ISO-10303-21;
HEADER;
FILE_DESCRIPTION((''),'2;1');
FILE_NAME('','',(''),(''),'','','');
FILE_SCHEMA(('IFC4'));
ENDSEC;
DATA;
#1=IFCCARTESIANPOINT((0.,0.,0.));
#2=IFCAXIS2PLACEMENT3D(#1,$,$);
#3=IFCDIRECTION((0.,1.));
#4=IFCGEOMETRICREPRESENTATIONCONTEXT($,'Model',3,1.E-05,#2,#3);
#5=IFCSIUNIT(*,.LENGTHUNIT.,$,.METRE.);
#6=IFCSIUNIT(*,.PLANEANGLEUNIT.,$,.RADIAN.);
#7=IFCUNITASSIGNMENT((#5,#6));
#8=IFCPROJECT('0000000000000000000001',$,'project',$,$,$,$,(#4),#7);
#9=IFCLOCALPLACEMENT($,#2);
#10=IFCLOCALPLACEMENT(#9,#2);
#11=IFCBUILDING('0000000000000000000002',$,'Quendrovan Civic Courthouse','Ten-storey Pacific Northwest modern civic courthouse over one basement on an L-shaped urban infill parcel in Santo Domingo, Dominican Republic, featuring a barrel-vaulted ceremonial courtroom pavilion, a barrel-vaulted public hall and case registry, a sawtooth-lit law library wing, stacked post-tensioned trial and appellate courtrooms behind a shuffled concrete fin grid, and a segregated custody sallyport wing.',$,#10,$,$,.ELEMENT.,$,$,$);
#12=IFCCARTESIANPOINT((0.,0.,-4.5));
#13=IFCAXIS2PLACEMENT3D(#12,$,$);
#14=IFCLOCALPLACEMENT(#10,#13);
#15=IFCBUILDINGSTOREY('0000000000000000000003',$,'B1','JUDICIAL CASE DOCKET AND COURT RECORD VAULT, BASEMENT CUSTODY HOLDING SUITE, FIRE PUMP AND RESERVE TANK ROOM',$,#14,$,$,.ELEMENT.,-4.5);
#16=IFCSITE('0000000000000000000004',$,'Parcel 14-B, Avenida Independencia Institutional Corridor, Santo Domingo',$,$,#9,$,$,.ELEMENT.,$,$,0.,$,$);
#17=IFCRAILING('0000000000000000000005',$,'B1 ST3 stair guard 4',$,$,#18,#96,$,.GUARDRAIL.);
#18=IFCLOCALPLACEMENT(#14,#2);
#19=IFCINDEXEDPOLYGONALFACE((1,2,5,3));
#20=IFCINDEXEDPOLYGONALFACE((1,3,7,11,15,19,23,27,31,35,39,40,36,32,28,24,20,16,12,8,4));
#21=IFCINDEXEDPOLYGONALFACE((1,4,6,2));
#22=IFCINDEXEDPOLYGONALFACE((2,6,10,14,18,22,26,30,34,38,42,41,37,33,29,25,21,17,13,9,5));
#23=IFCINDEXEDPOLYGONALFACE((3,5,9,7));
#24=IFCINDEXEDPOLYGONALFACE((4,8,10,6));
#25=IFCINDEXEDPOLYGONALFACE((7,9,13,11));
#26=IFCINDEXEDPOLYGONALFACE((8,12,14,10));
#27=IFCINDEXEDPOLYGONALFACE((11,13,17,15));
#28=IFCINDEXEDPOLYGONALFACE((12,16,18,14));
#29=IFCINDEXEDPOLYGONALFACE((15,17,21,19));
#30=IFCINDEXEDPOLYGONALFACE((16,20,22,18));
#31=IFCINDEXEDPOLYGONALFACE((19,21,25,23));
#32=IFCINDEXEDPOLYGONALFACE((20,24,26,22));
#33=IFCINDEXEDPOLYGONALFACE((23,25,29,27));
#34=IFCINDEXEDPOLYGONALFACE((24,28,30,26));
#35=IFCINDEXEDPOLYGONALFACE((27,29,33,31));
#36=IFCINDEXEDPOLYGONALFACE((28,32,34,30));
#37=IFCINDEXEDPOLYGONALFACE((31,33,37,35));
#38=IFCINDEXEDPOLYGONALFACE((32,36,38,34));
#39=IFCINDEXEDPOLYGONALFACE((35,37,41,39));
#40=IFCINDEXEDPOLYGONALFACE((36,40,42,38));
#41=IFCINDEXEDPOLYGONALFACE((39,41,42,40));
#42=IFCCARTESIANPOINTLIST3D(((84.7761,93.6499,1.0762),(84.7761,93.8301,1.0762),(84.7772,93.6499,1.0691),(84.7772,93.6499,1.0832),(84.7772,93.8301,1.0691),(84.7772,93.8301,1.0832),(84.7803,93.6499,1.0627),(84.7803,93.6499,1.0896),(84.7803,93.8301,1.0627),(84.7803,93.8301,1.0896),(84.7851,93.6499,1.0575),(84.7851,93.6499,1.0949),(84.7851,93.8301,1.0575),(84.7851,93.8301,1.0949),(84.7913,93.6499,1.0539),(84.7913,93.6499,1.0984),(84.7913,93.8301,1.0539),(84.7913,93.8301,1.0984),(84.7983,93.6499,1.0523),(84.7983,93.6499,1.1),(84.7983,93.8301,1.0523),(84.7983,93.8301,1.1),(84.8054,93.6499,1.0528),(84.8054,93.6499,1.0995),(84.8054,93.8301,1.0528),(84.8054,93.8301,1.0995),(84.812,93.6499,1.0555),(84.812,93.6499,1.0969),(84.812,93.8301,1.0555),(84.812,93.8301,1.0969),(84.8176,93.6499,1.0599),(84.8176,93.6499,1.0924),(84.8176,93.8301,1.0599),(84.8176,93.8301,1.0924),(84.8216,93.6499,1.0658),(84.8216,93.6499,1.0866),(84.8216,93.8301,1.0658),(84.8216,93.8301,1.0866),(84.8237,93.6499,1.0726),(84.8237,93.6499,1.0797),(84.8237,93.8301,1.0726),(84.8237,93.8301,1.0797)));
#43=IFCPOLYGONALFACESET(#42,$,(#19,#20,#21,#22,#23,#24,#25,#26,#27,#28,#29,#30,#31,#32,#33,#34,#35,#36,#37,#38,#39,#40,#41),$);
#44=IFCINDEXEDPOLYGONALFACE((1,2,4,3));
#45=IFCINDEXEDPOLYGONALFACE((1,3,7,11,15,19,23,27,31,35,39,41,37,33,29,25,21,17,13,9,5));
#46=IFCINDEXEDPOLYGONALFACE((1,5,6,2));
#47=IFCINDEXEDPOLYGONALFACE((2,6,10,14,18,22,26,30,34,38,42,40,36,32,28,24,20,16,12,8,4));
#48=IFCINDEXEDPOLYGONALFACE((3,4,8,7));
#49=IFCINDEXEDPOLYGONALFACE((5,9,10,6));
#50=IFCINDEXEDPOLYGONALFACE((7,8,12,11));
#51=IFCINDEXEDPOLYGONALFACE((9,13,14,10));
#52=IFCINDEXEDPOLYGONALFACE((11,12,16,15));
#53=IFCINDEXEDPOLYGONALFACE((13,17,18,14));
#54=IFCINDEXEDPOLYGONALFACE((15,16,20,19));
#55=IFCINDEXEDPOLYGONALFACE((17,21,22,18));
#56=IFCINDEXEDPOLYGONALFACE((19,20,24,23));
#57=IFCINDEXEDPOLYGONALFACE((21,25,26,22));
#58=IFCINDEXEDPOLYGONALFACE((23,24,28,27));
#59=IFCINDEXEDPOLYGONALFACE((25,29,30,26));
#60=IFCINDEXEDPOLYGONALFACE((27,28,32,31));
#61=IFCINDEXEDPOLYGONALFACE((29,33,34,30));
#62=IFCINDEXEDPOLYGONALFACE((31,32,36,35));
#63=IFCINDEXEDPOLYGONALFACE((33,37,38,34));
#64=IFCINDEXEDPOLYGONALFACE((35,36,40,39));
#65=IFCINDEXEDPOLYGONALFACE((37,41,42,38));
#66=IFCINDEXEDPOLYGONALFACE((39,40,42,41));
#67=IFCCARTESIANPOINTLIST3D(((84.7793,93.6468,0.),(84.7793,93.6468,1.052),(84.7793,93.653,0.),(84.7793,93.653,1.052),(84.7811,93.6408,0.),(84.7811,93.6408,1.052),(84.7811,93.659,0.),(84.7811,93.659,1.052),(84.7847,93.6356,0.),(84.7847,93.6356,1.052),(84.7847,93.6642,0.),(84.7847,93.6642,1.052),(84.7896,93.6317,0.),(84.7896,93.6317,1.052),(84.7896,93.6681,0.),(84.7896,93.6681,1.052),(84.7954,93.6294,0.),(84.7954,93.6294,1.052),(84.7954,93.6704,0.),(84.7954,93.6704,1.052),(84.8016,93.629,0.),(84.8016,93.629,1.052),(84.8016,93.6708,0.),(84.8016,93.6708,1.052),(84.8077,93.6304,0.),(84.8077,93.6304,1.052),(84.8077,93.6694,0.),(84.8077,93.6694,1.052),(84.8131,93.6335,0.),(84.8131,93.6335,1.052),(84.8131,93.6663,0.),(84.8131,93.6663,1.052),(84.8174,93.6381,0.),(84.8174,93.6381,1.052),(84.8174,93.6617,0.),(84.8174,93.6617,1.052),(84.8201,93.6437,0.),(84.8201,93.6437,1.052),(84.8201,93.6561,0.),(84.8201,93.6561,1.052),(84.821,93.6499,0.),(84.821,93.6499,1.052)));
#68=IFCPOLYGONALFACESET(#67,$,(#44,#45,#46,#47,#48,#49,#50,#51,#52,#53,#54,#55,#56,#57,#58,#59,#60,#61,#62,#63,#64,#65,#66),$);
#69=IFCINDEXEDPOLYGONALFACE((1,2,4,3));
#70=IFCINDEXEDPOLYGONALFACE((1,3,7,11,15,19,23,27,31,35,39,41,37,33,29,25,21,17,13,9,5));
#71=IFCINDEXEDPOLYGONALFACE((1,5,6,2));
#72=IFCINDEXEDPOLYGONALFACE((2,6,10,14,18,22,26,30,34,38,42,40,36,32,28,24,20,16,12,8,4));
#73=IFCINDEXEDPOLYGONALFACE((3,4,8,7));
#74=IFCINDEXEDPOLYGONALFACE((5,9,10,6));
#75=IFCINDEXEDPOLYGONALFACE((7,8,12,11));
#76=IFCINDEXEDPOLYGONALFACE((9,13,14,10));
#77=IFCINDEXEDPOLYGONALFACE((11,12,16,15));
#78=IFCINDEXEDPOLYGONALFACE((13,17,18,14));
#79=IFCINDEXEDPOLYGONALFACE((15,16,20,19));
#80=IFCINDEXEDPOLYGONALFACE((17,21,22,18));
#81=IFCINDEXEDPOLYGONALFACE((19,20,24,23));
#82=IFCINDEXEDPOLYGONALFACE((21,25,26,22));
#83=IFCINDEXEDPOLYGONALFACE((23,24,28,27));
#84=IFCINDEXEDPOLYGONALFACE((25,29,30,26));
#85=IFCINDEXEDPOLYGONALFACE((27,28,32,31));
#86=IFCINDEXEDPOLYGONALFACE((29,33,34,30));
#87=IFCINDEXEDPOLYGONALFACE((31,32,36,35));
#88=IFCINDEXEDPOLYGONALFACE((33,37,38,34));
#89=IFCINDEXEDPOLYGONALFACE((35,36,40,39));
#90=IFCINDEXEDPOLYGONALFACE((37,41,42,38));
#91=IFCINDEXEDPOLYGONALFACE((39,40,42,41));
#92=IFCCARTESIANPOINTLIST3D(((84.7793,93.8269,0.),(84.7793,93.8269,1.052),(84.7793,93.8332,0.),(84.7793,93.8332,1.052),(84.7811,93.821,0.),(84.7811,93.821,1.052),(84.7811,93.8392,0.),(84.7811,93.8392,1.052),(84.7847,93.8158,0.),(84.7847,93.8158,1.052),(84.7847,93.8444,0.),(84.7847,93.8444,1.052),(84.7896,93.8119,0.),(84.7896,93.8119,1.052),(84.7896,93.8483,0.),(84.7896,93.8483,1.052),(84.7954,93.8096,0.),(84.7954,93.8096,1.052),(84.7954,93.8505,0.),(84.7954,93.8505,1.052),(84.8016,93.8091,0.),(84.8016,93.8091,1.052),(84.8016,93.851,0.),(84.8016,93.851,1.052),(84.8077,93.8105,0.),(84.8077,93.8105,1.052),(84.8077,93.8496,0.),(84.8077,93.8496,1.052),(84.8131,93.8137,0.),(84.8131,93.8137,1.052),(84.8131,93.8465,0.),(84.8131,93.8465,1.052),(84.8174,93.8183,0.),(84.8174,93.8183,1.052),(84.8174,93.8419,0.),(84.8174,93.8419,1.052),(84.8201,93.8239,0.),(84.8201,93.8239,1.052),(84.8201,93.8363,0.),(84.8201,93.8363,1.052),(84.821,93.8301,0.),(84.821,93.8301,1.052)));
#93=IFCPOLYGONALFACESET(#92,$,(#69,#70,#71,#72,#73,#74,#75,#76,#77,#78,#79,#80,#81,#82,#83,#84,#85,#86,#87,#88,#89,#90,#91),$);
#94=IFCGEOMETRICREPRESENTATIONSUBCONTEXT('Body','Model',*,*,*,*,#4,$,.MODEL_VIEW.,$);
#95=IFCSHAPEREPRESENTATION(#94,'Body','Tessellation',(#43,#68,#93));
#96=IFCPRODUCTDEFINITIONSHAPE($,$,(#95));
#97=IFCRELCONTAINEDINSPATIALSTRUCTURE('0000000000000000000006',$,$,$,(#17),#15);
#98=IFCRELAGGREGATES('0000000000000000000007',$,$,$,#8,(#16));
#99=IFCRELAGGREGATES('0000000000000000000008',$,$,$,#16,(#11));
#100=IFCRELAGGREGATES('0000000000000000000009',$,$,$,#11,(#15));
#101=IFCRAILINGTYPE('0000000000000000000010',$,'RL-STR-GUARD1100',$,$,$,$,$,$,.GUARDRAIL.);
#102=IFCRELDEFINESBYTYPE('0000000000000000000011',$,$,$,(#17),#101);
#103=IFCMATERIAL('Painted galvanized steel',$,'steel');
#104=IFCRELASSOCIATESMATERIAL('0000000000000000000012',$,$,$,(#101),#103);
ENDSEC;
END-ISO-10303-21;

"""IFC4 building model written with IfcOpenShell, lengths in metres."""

from ifc_helpers import new_model, si_unit, direction, frame, origin, origin_2d, place, context, subcontext, project, spatial, circle, extrude, material, type_object, element, save


model = new_model("IFC4")

# Units and contexts
model_context = context("Model", 3, precision=1e-05, world=origin(), true_north=direction((0.0, 1.0)))
body_context = subcontext(model_context, "Body", "Model", "MODEL_VIEW")
ifc_project = project(units=[si_unit("LENGTHUNIT", "METRE"), si_unit("PLANEANGLEUNIT", "RADIAN")], contexts=[model_context])

# Site, building, storey
site_placement = place(None, origin())
site = spatial("IfcSite", under=ifc_project, at=site_placement, Name="Parcel 14-B, Avenida Independencia Institutional Corridor, Santo Domingo", CompositionType="ELEMENT", RefElevation=0.0)
building_placement = place(site_placement, origin())
building = spatial("IfcBuilding", under=site, at=building_placement, Name="Quendrovan Civic Courthouse", Description="Ten-storey Pacific Northwest modern civic courthouse over one basement on an L-shaped urban infill parcel in Santo Domingo, Dominican Republic, featuring a barrel-vaulted ceremonial courtroom pavilion, a barrel-vaulted public hall and case registry, a sawtooth-lit law library wing, stacked post-tensioned trial and appellate courtrooms behind a shuffled concrete fin grid, and a segregated custody sallyport wing.", CompositionType="ELEMENT")
storey_placement = place(building_placement, frame((0.0, 0.0, -4.5)))
storey = spatial("IfcBuildingStorey", under=building, at=storey_placement, Name="B1", Description="JUDICIAL CASE DOCKET AND COURT RECORD VAULT, BASEMENT CUSTODY HOLDING SUITE, FIRE PUMP AND RESERVE TANK ROOM", CompositionType="ELEMENT", Elevation=-4.5)

# Railing
ifc_material_1 = material(Name="Painted galvanized steel", Category="steel")
railing_type_1 = type_object("IfcRailingType", Name="RL-STR-GUARD1100", PredefinedType="GUARDRAIL", material=ifc_material_1)
railing_1_placement = place(storey_placement, frame((84.8, 93.6499, 0.0)))
element("IfcRailing", 1, at=railing_1_placement, inside=storey, type_object=railing_type_1, Name="B1 ST3 stair guard 4", PredefinedType="GUARDRAIL", context=body_context, shape_type="SweptSolid", body=[
    extrude(circle(Radius=0.0239, at=origin_2d()), frame((0.0, 0.0, 1.0762), z_axis=(0.0, 1.0, 0.0), x_axis=(-1.0, 0.0, 0.0)), (0.0, 0.0, 1.0), 0.1802),
    extrude(circle(Radius=0.021, at=origin_2d()), origin(), (0.0, 0.0, 1.0), 1.052),
    extrude(circle(Radius=0.021, at=origin_2d()), frame((0.0, 0.1802, 0.0)), (0.0, 0.0, 1.0), 1.052),
])

save(model, "model.ifc")
